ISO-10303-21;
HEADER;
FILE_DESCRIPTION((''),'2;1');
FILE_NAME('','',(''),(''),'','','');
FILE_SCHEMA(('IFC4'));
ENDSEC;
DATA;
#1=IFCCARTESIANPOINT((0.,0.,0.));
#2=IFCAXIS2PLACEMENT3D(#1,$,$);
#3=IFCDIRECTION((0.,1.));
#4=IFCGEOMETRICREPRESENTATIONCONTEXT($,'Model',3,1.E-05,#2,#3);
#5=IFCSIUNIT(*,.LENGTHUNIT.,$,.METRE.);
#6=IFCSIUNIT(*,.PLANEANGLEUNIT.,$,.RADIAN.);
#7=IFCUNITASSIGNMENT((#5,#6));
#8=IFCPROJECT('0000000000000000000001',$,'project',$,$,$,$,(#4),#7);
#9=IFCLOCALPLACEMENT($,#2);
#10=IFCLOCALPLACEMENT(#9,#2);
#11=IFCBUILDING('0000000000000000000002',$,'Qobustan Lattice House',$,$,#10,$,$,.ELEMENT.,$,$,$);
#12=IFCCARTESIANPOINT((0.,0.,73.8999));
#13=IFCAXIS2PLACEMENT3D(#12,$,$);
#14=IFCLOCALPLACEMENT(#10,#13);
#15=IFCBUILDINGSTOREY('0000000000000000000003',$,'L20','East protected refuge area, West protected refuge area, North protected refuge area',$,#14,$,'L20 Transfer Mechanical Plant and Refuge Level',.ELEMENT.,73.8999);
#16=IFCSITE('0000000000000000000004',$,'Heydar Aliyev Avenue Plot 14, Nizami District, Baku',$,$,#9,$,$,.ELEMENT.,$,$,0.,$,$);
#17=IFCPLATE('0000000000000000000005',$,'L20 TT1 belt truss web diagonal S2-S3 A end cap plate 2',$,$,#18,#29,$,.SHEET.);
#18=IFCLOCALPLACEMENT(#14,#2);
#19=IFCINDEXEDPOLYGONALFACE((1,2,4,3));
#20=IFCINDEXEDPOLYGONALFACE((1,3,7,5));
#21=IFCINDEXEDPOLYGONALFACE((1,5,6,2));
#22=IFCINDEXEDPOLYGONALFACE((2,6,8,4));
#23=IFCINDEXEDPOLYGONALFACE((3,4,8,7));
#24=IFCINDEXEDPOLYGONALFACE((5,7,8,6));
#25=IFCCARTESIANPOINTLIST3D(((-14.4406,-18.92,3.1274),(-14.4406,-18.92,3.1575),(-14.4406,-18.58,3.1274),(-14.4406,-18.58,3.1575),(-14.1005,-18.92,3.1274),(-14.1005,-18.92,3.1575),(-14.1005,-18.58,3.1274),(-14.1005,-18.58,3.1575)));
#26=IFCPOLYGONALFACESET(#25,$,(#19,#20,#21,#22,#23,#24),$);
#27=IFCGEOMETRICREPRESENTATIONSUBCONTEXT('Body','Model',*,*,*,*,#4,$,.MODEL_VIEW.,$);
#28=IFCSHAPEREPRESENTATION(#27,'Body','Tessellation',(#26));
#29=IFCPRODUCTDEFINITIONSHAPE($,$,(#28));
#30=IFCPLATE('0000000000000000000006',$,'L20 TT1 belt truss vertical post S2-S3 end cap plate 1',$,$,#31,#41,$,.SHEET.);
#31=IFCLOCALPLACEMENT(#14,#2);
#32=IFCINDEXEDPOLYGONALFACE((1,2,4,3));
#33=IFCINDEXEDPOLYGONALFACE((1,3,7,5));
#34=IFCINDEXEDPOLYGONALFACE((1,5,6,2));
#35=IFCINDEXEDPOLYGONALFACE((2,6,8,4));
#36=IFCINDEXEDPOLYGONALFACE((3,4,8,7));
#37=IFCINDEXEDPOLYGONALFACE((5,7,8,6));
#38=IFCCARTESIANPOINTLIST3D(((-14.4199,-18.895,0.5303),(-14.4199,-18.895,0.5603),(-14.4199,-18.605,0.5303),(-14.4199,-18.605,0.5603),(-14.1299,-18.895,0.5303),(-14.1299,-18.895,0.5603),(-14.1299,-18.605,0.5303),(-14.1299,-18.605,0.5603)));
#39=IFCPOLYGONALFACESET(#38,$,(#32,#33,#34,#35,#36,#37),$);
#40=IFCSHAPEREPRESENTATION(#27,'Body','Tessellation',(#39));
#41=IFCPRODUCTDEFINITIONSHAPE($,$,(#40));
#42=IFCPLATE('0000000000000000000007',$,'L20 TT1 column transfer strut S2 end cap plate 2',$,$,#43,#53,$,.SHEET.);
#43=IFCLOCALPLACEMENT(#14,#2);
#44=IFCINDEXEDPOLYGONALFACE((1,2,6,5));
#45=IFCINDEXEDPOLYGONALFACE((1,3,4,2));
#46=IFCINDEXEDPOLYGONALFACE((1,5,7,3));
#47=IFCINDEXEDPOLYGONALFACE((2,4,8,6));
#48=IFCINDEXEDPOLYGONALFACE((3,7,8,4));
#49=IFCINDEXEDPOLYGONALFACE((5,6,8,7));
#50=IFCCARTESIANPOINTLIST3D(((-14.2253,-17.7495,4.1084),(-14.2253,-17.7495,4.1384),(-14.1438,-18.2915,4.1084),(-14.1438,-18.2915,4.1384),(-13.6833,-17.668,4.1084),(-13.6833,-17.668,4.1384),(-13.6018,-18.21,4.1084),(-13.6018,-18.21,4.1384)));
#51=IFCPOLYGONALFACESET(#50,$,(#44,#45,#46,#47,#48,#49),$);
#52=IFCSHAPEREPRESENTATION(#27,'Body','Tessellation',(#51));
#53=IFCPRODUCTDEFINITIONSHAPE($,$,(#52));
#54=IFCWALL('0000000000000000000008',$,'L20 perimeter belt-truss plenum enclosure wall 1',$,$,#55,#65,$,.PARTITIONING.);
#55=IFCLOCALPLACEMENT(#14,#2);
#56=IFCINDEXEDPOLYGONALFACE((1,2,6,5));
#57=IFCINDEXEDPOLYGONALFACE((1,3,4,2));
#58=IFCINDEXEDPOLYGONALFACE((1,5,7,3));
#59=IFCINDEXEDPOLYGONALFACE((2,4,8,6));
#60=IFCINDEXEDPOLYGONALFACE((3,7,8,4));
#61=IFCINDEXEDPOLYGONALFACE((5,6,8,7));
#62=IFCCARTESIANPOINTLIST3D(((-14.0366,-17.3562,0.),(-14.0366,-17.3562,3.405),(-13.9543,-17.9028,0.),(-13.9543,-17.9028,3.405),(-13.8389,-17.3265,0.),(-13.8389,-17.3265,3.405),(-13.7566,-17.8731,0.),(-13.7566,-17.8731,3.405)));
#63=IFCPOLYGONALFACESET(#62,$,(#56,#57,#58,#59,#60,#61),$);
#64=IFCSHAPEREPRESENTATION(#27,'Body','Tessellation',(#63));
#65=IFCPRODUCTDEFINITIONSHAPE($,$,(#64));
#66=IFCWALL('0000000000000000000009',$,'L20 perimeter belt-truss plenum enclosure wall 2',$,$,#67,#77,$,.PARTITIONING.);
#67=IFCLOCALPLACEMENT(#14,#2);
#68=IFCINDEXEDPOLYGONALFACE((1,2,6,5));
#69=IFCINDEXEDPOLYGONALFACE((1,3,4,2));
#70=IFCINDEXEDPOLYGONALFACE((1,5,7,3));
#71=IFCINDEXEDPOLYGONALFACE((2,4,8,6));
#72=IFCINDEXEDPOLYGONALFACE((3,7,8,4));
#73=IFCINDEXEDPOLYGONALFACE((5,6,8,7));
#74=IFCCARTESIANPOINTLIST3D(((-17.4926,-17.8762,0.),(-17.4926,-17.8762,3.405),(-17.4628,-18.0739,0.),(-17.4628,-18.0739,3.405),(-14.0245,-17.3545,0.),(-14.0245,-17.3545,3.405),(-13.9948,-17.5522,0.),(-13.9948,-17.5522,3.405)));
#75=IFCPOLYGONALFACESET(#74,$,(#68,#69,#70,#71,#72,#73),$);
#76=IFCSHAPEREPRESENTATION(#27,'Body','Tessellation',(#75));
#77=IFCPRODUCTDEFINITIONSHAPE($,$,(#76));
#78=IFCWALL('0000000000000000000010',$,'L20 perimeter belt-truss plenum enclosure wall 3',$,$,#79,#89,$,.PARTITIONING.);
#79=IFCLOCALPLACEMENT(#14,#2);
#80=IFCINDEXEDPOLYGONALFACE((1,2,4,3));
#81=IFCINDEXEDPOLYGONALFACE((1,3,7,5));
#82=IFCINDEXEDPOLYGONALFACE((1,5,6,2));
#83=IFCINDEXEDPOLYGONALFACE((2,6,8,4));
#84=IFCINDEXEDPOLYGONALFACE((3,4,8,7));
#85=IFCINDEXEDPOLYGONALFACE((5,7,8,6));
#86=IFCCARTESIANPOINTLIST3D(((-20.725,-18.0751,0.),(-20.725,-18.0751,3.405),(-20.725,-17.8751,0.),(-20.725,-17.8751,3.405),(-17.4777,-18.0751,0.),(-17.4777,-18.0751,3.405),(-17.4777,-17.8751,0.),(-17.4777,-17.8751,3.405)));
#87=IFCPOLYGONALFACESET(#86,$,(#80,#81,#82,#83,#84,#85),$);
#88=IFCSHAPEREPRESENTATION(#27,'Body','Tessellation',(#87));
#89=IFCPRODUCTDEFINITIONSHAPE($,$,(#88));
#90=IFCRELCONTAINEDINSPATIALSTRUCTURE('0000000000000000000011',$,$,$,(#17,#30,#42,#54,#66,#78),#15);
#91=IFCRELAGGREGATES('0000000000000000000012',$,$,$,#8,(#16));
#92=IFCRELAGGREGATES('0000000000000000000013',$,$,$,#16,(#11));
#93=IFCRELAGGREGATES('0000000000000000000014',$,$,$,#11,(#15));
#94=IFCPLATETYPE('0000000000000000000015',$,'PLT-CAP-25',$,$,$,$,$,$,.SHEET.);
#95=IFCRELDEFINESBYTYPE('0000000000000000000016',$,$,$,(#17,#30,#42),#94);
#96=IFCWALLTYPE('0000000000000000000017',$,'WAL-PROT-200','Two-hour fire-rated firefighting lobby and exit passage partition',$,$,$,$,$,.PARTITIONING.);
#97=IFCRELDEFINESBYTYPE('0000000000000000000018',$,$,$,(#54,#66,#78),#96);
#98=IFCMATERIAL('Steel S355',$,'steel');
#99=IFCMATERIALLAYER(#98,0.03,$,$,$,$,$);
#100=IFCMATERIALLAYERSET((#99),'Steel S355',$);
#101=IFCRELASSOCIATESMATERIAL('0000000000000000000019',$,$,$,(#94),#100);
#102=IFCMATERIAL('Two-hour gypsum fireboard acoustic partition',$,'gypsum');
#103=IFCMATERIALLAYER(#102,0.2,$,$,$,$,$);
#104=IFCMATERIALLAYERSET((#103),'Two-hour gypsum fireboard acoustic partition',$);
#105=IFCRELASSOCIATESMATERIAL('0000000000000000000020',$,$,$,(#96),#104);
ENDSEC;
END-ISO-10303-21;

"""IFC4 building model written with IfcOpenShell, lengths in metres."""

from ifc_helpers import new_model, si_unit, direction, frame, frame_2d, origin, origin_2d, place, context, subcontext, project, spatial, rectangle, extrude, material, layer, layer_set, type_object, element, save


model = new_model("IFC4")

# Units and contexts
model_context = context("Model", 3, precision=1e-05, world=origin(), true_north=direction((0.0, 1.0)))
body_context = subcontext(model_context, "Body", "Model", "MODEL_VIEW")
ifc_project = project(units=[si_unit("LENGTHUNIT", "METRE"), si_unit("PLANEANGLEUNIT", "RADIAN")], contexts=[model_context])

# Site, building, storey
site_placement = place(None, origin())
site = spatial("IfcSite", under=ifc_project, at=site_placement, Name="Heydar Aliyev Avenue Plot 14, Nizami District, Baku", CompositionType="ELEMENT", RefElevation=0.0)
building_placement = place(site_placement, origin())
building = spatial("IfcBuilding", under=site, at=building_placement, Name="Qobustan Lattice House", CompositionType="ELEMENT")
storey_placement = place(building_placement, frame((0.0, 0.0, 73.8999)))
storey = spatial("IfcBuildingStorey", under=building, at=storey_placement, Name="L20", Description="East protected refuge area, West protected refuge area, North protected refuge area", LongName="L20 Transfer Mechanical Plant and Refuge Level", CompositionType="ELEMENT", Elevation=73.8999)

# Plates
ifc_material_1 = material(Name="Steel S355", Category="steel")
ifc_layer_1 = layer(ifc_material_1, 0.03)
ifc_layer_set_1 = layer_set([ifc_layer_1], Name="Steel S355")
plate_type = type_object("IfcPlateType", Name="PLT-CAP-25", PredefinedType="SHEET", material=ifc_layer_set_1)
plate_1_placement = place(storey_placement, frame((-14.2705, -18.75, 3.1274), z_axis=(0.0, 0.0, 1.0), x_axis=(1.0, 0.0, 0.0)))
element("IfcPlate", 1, at=plate_1_placement, inside=storey, type_object=plate_type, Name="L20 TT1 belt truss web diagonal S2-S3 A end cap plate 2", PredefinedType="SHEET", context=body_context, shape_type="SweptSolid", body=[
    extrude(rectangle(XDim=0.3401, YDim=0.3401, at=origin_2d()), origin(), (0.0, 0.0, 1.0), 0.03),
])
plate_2_placement = place(storey_placement, frame((-14.2749, -18.75, 0.5303), z_axis=(0.0, 0.0, 1.0), x_axis=(1.0, 0.0, 0.0)))
element("IfcPlate", 2, at=plate_2_placement, inside=storey, type_object=plate_type, Name="L20 TT1 belt truss vertical post S2-S3 end cap plate 1", PredefinedType="SHEET", context=body_context, shape_type="SweptSolid", body=[
    extrude(rectangle(XDim=0.29, YDim=0.29, at=origin_2d()), origin(), (0.0, 0.0, 1.0), 0.03),
])
plate_3_placement = place(storey_placement, frame((-13.9136, -17.9797, 4.1084), z_axis=(0.0, 0.0, 1.0), x_axis=(0.988874, 0.148759, 0.0)))
element("IfcPlate", 3, at=plate_3_placement, inside=storey, type_object=plate_type, Name="L20 TT1 column transfer strut S2 end cap plate 2", PredefinedType="SHEET", context=body_context, shape_type="SweptSolid", body=[
    extrude(rectangle(XDim=0.5481, YDim=0.5481, at=origin_2d()), origin(), (0.0, 0.0, 1.0), 0.03),
])

# Walls
ifc_material_2 = material(Name="Two-hour gypsum fireboard acoustic partition", Category="gypsum")
ifc_layer_2 = layer(ifc_material_2, 0.2)
ifc_layer_set_2 = layer_set([ifc_layer_2], Name="Two-hour gypsum fireboard acoustic partition")
wall_type = type_object("IfcWallType", Name="WAL-PROT-200", Description="Two-hour fire-rated firefighting lobby and exit passage partition", PredefinedType="PARTITIONING", material=ifc_layer_set_2)
wall_1_placement = place(storey_placement, frame((-13.8555, -17.8879, 0.0), z_axis=(0.0, 0.0, 1.0), x_axis=(-0.148837, 0.988862, 0.0)))
element("IfcWall", 4, at=wall_1_placement, inside=storey, type_object=wall_type, Name="L20 perimeter belt-truss plenum enclosure wall 1", PredefinedType="PARTITIONING", context=body_context, shape_type="SweptSolid", body=[
    extrude(rectangle(XDim=0.5527, YDim=0.2, at=frame_2d((0.2764, 0.0))), origin(), (0.0, 0.0, 1.0), 3.405),
])
wall_2_placement = place(storey_placement, frame((-14.0098, -17.4534, 0.0), z_axis=(0.0, 0.0, 1.0), x_axis=(-0.988872, -0.148766, 0.0)))
element("IfcWall", 5, at=wall_2_placement, inside=storey, type_object=wall_type, Name="L20 perimeter belt-truss plenum enclosure wall 2", PredefinedType="PARTITIONING", context=body_context, shape_type="SweptSolid", body=[
    extrude(rectangle(XDim=3.5071, YDim=0.2, at=frame_2d((1.7534, 0.0))), origin(), (0.0, 0.0, 1.0), 3.405),
])
wall_3_placement = place(storey_placement, frame((-17.4778, -17.9751, 0.0), z_axis=(0.0, 0.0, 1.0), x_axis=(-1.0, 0.0, 0.0)))
element("IfcWall", 6, at=wall_3_placement, inside=storey, type_object=wall_type, Name="L20 perimeter belt-truss plenum enclosure wall 3", PredefinedType="PARTITIONING", context=body_context, shape_type="SweptSolid", body=[
    extrude(rectangle(XDim=3.2473, YDim=0.2, at=frame_2d((1.6235, 0.0))), origin(), (0.0, 0.0, 1.0), 3.405),
])

save(model, "model.ifc")
